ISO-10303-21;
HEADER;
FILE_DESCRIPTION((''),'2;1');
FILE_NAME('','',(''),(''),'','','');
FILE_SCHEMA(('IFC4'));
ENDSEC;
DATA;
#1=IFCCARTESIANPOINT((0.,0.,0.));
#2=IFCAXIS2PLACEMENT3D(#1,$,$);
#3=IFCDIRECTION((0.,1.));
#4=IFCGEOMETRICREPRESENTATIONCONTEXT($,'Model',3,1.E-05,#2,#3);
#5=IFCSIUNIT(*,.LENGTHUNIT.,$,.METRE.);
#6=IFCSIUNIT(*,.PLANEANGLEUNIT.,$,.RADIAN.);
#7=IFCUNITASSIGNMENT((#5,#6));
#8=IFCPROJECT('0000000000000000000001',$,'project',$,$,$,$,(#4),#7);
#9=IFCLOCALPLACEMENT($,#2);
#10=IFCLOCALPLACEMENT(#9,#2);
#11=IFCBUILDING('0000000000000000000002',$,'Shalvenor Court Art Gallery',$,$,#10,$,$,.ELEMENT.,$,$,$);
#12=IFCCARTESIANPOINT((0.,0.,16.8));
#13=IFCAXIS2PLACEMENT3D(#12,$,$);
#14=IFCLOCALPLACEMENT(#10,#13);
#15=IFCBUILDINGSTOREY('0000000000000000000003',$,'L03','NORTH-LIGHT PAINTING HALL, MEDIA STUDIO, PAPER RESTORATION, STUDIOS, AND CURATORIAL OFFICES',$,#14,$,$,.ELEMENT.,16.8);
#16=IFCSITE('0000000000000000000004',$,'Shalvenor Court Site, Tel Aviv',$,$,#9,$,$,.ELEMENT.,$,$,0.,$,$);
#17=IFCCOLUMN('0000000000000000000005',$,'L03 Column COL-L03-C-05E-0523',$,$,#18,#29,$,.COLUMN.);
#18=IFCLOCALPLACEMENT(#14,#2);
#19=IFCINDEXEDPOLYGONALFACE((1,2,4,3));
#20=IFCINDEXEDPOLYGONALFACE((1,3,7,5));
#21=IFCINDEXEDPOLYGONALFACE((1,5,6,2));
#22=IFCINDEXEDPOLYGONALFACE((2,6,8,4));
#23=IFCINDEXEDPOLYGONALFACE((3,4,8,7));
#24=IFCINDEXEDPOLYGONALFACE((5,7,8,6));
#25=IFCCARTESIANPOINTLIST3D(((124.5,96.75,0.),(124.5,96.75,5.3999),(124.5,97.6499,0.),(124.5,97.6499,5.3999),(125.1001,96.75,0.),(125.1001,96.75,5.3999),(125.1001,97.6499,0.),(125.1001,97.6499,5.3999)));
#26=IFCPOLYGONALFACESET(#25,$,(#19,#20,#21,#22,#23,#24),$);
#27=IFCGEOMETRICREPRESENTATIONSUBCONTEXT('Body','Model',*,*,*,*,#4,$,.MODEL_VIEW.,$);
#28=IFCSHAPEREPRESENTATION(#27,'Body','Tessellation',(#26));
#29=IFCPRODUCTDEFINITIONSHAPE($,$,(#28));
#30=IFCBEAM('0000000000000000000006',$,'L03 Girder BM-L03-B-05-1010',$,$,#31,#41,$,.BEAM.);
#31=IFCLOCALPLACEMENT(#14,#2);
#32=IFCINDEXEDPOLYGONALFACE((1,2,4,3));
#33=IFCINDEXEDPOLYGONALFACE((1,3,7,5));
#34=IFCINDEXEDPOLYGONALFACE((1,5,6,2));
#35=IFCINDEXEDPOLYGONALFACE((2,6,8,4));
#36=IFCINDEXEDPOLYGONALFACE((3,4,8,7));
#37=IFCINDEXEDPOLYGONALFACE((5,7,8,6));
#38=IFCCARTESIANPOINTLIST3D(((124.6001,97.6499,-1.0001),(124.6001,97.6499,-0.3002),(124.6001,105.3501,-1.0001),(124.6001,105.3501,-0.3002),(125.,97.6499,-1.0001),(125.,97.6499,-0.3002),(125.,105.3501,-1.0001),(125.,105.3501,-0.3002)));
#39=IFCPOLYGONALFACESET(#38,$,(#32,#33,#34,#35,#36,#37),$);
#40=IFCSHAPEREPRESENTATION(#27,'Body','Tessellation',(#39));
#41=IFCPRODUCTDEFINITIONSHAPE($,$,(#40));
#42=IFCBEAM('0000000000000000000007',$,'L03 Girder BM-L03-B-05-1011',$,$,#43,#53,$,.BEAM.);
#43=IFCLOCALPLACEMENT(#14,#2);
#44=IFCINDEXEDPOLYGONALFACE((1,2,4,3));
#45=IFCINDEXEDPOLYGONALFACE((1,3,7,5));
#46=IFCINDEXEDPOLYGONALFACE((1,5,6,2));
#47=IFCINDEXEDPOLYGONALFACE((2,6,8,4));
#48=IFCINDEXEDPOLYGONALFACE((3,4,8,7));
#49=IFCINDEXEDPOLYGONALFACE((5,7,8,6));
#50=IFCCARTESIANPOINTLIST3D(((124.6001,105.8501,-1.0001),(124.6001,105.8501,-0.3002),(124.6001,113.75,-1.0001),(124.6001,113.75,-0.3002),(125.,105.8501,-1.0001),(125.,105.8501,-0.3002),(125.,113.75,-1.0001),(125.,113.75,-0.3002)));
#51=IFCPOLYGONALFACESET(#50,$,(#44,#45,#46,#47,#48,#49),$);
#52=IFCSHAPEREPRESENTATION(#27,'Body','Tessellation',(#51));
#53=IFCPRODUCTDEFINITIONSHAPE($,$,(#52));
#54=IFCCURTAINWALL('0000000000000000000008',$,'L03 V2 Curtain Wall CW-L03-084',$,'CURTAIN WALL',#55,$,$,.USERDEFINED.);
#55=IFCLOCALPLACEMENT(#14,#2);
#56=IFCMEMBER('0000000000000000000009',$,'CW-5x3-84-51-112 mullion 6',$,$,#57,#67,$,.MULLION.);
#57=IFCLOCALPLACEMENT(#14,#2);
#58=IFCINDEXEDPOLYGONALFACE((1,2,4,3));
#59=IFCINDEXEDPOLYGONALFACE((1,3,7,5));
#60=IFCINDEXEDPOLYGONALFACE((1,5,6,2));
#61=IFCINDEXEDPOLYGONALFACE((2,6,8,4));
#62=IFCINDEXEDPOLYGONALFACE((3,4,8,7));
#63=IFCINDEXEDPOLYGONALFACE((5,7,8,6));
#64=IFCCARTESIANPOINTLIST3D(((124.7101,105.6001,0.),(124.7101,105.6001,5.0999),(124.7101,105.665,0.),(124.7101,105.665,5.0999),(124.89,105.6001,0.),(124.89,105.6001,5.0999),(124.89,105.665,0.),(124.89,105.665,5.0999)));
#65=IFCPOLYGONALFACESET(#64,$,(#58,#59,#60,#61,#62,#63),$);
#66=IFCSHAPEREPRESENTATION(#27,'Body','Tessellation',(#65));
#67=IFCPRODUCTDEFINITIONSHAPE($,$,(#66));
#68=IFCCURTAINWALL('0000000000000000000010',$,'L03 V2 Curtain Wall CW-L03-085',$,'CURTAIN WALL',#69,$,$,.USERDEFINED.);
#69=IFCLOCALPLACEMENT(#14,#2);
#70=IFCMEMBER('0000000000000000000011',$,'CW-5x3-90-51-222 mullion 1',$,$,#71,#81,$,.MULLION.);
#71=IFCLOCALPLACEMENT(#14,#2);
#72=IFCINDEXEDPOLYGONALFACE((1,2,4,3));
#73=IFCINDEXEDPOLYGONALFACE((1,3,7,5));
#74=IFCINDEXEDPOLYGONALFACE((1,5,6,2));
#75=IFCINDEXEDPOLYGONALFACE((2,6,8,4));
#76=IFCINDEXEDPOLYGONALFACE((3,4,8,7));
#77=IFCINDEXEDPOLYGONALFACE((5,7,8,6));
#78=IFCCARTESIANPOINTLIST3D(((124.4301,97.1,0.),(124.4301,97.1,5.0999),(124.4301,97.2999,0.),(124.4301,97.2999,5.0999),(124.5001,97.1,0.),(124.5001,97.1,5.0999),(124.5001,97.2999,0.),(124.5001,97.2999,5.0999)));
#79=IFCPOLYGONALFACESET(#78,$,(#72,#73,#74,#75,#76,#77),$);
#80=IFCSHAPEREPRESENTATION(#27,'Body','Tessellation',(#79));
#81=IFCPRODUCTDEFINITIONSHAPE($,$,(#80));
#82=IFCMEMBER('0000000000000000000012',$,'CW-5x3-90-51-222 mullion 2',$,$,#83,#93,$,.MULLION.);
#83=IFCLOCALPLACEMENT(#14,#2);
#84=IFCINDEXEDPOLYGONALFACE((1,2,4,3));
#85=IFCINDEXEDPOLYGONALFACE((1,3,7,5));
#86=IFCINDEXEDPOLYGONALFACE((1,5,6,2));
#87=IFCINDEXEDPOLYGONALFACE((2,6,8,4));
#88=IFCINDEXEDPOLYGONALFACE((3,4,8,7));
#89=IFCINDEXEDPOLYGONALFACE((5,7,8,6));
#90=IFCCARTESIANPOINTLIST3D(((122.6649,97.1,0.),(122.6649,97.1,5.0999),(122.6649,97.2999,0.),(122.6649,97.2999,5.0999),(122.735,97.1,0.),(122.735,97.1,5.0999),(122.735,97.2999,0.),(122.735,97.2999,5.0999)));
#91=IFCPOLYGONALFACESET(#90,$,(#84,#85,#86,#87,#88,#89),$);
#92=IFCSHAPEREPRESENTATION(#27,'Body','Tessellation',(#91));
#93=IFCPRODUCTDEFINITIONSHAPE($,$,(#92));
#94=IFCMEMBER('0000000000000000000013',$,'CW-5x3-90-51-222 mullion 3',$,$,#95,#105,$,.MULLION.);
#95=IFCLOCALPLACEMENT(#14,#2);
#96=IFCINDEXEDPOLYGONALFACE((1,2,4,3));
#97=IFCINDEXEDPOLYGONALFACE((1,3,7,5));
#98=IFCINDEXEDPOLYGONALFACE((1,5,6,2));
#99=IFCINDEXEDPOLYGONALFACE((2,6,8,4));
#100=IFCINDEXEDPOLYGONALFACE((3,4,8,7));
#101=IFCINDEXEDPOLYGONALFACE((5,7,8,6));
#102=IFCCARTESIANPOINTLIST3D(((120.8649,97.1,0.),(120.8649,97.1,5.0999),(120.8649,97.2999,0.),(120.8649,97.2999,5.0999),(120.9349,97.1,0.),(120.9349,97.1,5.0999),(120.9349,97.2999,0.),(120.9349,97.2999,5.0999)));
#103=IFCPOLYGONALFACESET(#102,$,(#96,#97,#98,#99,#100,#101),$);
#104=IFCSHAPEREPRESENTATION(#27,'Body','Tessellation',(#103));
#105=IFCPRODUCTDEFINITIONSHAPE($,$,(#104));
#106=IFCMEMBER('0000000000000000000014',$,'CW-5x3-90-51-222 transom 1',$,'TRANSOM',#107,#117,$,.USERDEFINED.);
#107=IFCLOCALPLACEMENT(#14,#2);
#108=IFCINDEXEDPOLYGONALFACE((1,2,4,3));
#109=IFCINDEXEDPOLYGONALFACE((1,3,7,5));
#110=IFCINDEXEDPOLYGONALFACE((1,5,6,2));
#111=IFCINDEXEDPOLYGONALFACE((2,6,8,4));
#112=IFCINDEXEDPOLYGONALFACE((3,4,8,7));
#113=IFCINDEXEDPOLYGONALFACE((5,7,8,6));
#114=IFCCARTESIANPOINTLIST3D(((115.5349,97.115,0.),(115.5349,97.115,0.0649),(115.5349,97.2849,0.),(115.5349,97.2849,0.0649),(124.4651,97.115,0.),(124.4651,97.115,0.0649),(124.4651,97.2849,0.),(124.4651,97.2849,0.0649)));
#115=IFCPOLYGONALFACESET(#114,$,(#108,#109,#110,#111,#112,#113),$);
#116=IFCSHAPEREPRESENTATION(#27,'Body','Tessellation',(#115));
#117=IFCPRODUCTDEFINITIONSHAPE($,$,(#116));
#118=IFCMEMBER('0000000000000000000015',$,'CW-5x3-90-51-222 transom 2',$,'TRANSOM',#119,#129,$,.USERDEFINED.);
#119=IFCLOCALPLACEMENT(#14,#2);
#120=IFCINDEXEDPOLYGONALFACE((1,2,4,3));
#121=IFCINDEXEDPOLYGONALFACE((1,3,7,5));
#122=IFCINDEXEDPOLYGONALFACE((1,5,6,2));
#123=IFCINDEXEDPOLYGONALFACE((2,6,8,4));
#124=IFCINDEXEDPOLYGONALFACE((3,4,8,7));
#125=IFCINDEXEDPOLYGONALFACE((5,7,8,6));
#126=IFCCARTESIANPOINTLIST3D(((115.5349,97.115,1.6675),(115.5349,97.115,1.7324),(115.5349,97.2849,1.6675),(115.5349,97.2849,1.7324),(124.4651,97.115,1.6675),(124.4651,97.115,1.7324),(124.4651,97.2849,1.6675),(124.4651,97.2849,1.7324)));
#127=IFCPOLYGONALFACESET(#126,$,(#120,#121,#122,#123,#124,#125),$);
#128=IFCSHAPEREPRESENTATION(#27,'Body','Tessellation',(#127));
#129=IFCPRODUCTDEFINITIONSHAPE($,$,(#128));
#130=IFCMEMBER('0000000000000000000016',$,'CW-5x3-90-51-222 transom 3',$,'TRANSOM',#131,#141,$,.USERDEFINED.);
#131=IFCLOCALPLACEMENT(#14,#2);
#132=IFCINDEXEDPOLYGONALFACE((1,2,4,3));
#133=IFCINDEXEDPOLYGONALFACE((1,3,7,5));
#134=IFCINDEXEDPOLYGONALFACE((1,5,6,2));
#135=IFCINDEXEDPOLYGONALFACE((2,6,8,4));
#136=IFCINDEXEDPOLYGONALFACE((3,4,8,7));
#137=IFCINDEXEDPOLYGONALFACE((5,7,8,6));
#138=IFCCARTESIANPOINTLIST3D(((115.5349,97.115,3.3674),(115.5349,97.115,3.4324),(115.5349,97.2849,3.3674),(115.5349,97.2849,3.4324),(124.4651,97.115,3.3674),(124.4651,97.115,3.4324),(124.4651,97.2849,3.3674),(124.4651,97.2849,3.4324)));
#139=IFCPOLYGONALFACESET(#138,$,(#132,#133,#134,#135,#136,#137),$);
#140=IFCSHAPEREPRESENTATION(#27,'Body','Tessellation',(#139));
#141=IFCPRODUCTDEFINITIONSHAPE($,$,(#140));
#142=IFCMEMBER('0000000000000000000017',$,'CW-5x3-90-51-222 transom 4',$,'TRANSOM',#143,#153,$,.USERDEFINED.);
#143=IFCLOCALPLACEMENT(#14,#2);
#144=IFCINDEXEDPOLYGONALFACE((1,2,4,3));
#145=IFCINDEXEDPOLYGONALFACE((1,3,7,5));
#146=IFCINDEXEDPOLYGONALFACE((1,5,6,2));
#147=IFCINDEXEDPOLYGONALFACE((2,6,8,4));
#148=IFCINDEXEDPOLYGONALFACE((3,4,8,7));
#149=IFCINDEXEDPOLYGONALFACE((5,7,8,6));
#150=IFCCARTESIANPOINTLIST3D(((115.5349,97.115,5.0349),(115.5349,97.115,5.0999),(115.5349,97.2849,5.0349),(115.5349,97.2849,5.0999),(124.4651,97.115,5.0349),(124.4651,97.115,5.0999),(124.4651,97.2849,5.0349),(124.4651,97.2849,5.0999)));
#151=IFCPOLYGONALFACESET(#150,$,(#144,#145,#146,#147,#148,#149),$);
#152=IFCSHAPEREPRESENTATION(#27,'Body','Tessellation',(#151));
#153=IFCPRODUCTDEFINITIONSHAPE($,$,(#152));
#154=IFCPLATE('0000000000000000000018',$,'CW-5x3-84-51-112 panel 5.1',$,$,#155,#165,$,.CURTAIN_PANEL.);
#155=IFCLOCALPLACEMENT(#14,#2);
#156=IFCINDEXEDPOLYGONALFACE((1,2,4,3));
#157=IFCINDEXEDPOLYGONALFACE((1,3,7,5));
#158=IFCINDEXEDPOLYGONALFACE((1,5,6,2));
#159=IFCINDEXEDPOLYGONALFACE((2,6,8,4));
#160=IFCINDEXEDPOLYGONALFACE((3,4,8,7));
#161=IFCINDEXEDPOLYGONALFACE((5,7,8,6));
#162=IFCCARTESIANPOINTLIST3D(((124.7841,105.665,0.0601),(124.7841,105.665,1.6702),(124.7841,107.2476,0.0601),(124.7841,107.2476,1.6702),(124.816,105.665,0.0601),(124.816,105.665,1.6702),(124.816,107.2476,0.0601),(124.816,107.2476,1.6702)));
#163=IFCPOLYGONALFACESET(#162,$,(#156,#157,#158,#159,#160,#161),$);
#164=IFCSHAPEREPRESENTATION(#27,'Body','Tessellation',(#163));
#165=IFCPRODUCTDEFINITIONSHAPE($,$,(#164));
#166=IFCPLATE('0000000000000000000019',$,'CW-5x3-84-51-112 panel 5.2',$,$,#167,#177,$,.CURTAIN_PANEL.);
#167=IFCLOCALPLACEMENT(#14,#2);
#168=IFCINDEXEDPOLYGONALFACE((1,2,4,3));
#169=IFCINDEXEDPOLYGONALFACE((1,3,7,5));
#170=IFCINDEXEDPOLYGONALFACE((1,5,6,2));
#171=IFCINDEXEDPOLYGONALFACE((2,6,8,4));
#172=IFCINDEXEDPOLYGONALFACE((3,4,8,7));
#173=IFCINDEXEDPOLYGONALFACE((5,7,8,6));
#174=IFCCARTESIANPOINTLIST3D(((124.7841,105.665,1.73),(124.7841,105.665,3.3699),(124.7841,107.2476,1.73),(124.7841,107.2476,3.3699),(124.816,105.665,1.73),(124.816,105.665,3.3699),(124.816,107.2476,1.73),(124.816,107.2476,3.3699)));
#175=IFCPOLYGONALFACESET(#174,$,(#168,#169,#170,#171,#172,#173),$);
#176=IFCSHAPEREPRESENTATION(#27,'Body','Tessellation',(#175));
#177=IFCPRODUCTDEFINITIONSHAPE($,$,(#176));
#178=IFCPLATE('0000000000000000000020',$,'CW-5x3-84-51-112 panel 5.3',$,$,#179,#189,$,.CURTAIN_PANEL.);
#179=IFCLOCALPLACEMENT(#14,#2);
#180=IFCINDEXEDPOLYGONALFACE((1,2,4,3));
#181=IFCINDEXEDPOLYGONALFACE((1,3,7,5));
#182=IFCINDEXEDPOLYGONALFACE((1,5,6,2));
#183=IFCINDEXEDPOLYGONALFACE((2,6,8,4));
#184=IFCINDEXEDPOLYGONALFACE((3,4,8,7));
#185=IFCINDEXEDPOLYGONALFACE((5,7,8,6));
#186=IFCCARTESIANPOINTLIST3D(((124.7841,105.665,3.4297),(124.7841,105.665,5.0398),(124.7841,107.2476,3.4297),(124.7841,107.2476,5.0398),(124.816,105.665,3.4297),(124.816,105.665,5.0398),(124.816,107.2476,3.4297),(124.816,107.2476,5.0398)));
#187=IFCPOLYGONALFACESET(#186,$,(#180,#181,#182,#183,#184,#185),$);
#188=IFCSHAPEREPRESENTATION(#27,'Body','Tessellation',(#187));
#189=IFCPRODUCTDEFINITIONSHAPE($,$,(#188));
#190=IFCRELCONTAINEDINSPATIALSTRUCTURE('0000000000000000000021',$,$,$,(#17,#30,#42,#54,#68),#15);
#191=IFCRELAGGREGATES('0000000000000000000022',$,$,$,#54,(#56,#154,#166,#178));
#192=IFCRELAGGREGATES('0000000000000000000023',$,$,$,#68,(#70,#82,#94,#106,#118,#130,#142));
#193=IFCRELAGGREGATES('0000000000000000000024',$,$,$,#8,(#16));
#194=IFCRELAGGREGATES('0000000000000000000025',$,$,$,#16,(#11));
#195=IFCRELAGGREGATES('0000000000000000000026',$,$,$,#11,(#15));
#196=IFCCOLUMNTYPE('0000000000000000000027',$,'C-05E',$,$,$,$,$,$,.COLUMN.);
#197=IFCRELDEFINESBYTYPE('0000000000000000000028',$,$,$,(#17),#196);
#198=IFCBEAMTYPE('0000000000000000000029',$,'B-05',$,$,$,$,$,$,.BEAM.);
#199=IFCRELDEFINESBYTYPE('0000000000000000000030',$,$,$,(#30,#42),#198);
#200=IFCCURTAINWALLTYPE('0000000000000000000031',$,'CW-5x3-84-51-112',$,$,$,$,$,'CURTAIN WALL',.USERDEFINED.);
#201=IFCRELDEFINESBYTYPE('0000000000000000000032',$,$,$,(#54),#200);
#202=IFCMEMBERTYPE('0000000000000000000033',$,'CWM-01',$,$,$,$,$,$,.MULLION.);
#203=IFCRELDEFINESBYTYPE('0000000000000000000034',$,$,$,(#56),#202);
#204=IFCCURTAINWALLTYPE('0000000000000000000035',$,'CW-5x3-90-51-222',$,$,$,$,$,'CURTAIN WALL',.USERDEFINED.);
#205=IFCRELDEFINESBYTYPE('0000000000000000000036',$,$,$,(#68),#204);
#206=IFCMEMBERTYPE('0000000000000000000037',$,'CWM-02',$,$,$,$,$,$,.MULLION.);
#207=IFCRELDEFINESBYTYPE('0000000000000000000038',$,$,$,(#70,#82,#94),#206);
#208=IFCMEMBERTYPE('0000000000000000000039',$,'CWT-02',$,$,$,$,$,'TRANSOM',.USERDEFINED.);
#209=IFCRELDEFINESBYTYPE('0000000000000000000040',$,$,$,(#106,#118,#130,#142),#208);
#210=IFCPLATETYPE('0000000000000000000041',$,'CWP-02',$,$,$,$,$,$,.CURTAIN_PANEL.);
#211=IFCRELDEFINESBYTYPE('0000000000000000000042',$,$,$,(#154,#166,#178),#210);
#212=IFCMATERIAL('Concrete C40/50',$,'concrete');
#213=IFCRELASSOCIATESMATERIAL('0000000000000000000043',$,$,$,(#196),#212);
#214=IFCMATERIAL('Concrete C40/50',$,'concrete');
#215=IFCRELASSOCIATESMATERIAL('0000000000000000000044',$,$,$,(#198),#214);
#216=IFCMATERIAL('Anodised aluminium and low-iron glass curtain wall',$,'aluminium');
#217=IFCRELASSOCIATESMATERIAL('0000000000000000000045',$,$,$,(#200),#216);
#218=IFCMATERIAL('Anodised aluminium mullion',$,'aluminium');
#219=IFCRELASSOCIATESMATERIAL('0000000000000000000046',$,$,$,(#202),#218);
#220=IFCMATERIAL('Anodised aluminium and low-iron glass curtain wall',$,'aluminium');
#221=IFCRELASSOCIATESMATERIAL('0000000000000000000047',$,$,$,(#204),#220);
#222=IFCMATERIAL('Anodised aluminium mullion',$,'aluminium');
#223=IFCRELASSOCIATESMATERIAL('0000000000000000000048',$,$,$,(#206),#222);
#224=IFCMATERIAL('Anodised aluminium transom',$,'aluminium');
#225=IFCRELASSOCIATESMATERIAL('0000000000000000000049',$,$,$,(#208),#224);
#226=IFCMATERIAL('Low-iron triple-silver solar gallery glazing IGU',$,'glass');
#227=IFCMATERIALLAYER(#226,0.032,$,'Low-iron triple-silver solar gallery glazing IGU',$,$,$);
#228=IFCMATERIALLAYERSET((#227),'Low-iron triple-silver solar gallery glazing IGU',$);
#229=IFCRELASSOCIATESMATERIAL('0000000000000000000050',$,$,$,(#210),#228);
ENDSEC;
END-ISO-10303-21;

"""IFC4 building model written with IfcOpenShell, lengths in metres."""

from ifc_helpers import new_model, si_unit, direction, frame, origin, origin_2d, place, context, subcontext, project, spatial, rectangle, extrude, material, layer, layer_set, material_profile, profile_set, type_object, element, aggregate, save


model = new_model("IFC4")

# Units and contexts
model_context = context("Model", 3, precision=1e-05, world=origin(), true_north=direction((0.0, 1.0)))
body_context = subcontext(model_context, "Body", "Model", "MODEL_VIEW")
ifc_project = project(units=[si_unit("LENGTHUNIT", "METRE"), si_unit("PLANEANGLEUNIT", "RADIAN")], contexts=[model_context])

# Site, building, storey
site_placement = place(None, origin())
site = spatial("IfcSite", under=ifc_project, at=site_placement, Name="Shalvenor Court Site, Tel Aviv", CompositionType="ELEMENT", RefElevation=0.0)
building_placement = place(site_placement, origin())
building = spatial("IfcBuilding", under=site, at=building_placement, Name="Shalvenor Court Art Gallery", CompositionType="ELEMENT")
storey_placement = place(building_placement, frame((0.0, 0.0, 16.8)))
storey = spatial("IfcBuildingStorey", under=building, at=storey_placement, Name="L03", Description="NORTH-LIGHT PAINTING HALL, MEDIA STUDIO, PAPER RESTORATION, STUDIOS, AND CURATORIAL OFFICES", CompositionType="ELEMENT", Elevation=16.8)

# Column
ifc_material_1 = material(Name="Concrete C40/50", Category="concrete")
ifc_material_profile_1 = material_profile(ifc_material_1, rectangle(XDim=0.6001, YDim=0.8999, at=origin_2d()), Name="RC 600x900")
ifc_profile_set_1 = profile_set([ifc_material_profile_1], Name="Concrete C40/50")
column_type = type_object("IfcColumnType", Name="C-05E", PredefinedType="COLUMN", material=ifc_profile_set_1)
column_placement = place(storey_placement, frame((124.8, 97.2, 0.0), z_axis=(0.0, 0.0, 1.0), x_axis=(1.0, 0.0, 0.0)))
element("IfcColumn", 1, at=column_placement, inside=storey, type_object=column_type, Name="L03 Column COL-L03-C-05E-0523", PredefinedType="COLUMN", context=body_context, shape_type="SweptSolid", body=[
    extrude(rectangle(XDim=0.6001, YDim=0.8999, at=origin_2d()), origin(), (0.0, 0.0, 1.0), 5.3999),
])

# Beams
ifc_material_2 = material(Name="Concrete C40/50", Category="concrete")
ifc_material_profile_2 = material_profile(ifc_material_2, rectangle(XDim=0.3999, YDim=0.7, at=origin_2d()), Name="RC 400x700")
ifc_profile_set_2 = profile_set([ifc_material_profile_2], Name="Concrete C40/50")
beam_type = type_object("IfcBeamType", Name="B-05", PredefinedType="BEAM", material=ifc_profile_set_2)
beam_1_placement = place(storey_placement, frame((124.8, 97.6499, -0.6501), z_axis=(0.0, 1.0, 0.0), x_axis=(-1.0, 0.0, 0.0)))
element("IfcBeam", 2, at=beam_1_placement, inside=storey, type_object=beam_type, Name="L03 Girder BM-L03-B-05-1010", PredefinedType="BEAM", context=body_context, shape_type="SweptSolid", body=[
    extrude(rectangle(XDim=0.3999, YDim=0.7, at=origin_2d()), origin(), (0.0, 0.0, 1.0), 7.7002),
])
beam_2_placement = place(storey_placement, frame((124.8, 105.8501, -0.6501), z_axis=(0.0, 1.0, 0.0), x_axis=(-1.0, 0.0, 0.0)))
element("IfcBeam", 3, at=beam_2_placement, inside=storey, type_object=beam_type, Name="L03 Girder BM-L03-B-05-1011", PredefinedType="BEAM", context=body_context, shape_type="SweptSolid", body=[
    extrude(rectangle(XDim=0.3999, YDim=0.7, at=origin_2d()), origin(), (0.0, 0.0, 1.0), 7.8999),
])

# Curtain wall, member
ifc_material_3 = material(Name="Anodised aluminium and low-iron glass curtain wall", Category="aluminium")
curtain_wall_type_1 = type_object("IfcCurtainWallType", Name="CW-5x3-84-51-112", ElementType="CURTAIN WALL", PredefinedType="USERDEFINED", material=ifc_material_3)
curtain_wall_1_placement = place(storey_placement, origin())
curtain_wall_1 = element("IfcCurtainWall", 4, at=curtain_wall_1_placement, inside=storey, type_object=curtain_wall_type_1, Name="L03 V2 Curtain Wall CW-L03-084", ObjectType="CURTAIN WALL", PredefinedType="USERDEFINED")
ifc_material_4 = material(Name="Anodised aluminium mullion", Category="aluminium")
ifc_material_profile_3 = material_profile(ifc_material_4, rectangle(XDim=0.0649, YDim=0.1799, at=origin_2d()), Name="CWM-01")
ifc_profile_set_3 = profile_set([ifc_material_profile_3], Name="Anodised aluminium mullion")
member_type_1 = type_object("IfcMemberType", Name="CWM-01", PredefinedType="MULLION", material=ifc_profile_set_3)
member_1_placement = place(storey_placement, frame((124.8, 105.6326, 0.0), z_axis=(0.0, 0.0, 1.0), x_axis=(0.0, -1.0, 0.0)))
member_1 = element("IfcMember", 5, at=member_1_placement, type_object=member_type_1, Name="CW-5x3-84-51-112 mullion 6", PredefinedType="MULLION", context=body_context, shape_type="SweptSolid", body=[
    extrude(rectangle(XDim=0.0649, YDim=0.1799, at=origin_2d()), origin(), (0.0, 0.0, 1.0), 5.0999),
])

# Curtain wall, members
ifc_material_5 = material(Name="Anodised aluminium and low-iron glass curtain wall", Category="aluminium")
curtain_wall_type_2 = type_object("IfcCurtainWallType", Name="CW-5x3-90-51-222", ElementType="CURTAIN WALL", PredefinedType="USERDEFINED", material=ifc_material_5)
curtain_wall_2_placement = place(storey_placement, origin())
curtain_wall_2 = element("IfcCurtainWall", 6, at=curtain_wall_2_placement, inside=storey, type_object=curtain_wall_type_2, Name="L03 V2 Curtain Wall CW-L03-085", ObjectType="CURTAIN WALL", PredefinedType="USERDEFINED")
ifc_material_6 = material(Name="Anodised aluminium mullion", Category="aluminium")
ifc_material_profile_4 = material_profile(ifc_material_6, rectangle(XDim=0.0701, YDim=0.2, at=origin_2d()), Name="CWM-02")
ifc_profile_set_4 = profile_set([ifc_material_profile_4], Name="Anodised aluminium mullion")
member_type_2 = type_object("IfcMemberType", Name="CWM-02", PredefinedType="MULLION", material=ifc_profile_set_4)
member_2_placement = place(storey_placement, frame((124.4651, 97.2, 0.0), z_axis=(0.0, 0.0, 1.0), x_axis=(-1.0, 0.0, 0.0)))
member_2 = element("IfcMember", 7, at=member_2_placement, type_object=member_type_2, Name="CW-5x3-90-51-222 mullion 1", PredefinedType="MULLION", context=body_context, shape_type="SweptSolid", body=[
    extrude(rectangle(XDim=0.0701, YDim=0.2, at=origin_2d()), origin(), (0.0, 0.0, 1.0), 5.0999),
])
member_3_placement = place(storey_placement, frame((122.7, 97.2, 0.0), z_axis=(0.0, 0.0, 1.0), x_axis=(-1.0, 0.0, 0.0)))
member_3 = element("IfcMember", 8, at=member_3_placement, type_object=member_type_2, Name="CW-5x3-90-51-222 mullion 2", PredefinedType="MULLION", context=body_context, shape_type="SweptSolid", body=[
    extrude(rectangle(XDim=0.0701, YDim=0.2, at=origin_2d()), origin(), (0.0, 0.0, 1.0), 5.0999),
])
member_4_placement = place(storey_placement, frame((120.8999, 97.2, 0.0), z_axis=(0.0, 0.0, 1.0), x_axis=(-1.0, 0.0, 0.0)))
member_4 = element("IfcMember", 9, at=member_4_placement, type_object=member_type_2, Name="CW-5x3-90-51-222 mullion 3", PredefinedType="MULLION", context=body_context, shape_type="SweptSolid", body=[
    extrude(rectangle(XDim=0.0701, YDim=0.2, at=origin_2d()), origin(), (0.0, 0.0, 1.0), 5.0999),
])
ifc_material_7 = material(Name="Anodised aluminium transom", Category="aluminium")
ifc_material_profile_5 = material_profile(ifc_material_7, rectangle(XDim=0.1699, YDim=0.0649, at=origin_2d()), Name="CWT-02")
ifc_profile_set_5 = profile_set([ifc_material_profile_5], Name="Anodised aluminium transom")
member_type_3 = type_object("IfcMemberType", Name="CWT-02", ElementType="TRANSOM", PredefinedType="USERDEFINED", material=ifc_profile_set_5)
member_5_placement = place(storey_placement, frame((124.4651, 97.2, 0.0325), z_axis=(-1.0, 0.0, 0.0), x_axis=(0.0, -1.0, 0.0)))
member_5 = element("IfcMember", 10, at=member_5_placement, type_object=member_type_3, Name="CW-5x3-90-51-222 transom 1", ObjectType="TRANSOM", PredefinedType="USERDEFINED", context=body_context, shape_type="SweptSolid", body=[
    extrude(rectangle(XDim=0.1699, YDim=0.0649, at=origin_2d()), origin(), (0.0, 0.0, 1.0), 8.9302),
])
member_6_placement = place(storey_placement, frame((124.4651, 97.2, 1.7), z_axis=(-1.0, 0.0, 0.0), x_axis=(0.0, -1.0, 0.0)))
member_6 = element("IfcMember", 11, at=member_6_placement, type_object=member_type_3, Name="CW-5x3-90-51-222 transom 2", ObjectType="TRANSOM", PredefinedType="USERDEFINED", context=body_context, shape_type="SweptSolid", body=[
    extrude(rectangle(XDim=0.1699, YDim=0.0649, at=origin_2d()), origin(), (0.0, 0.0, 1.0), 8.9302),
])
member_7_placement = place(storey_placement, frame((124.4651, 97.2, 3.3999), z_axis=(-1.0, 0.0, 0.0), x_axis=(0.0, -1.0, 0.0)))
member_7 = element("IfcMember", 12, at=member_7_placement, type_object=member_type_3, Name="CW-5x3-90-51-222 transom 3", ObjectType="TRANSOM", PredefinedType="USERDEFINED", context=body_context, shape_type="SweptSolid", body=[
    extrude(rectangle(XDim=0.1699, YDim=0.0649, at=origin_2d()), origin(), (0.0, 0.0, 1.0), 8.9302),
])
member_8_placement = place(storey_placement, frame((124.4651, 97.2, 5.0674), z_axis=(-1.0, 0.0, 0.0), x_axis=(0.0, -1.0, 0.0)))
member_8 = element("IfcMember", 13, at=member_8_placement, type_object=member_type_3, Name="CW-5x3-90-51-222 transom 4", ObjectType="TRANSOM", PredefinedType="USERDEFINED", context=body_context, shape_type="SweptSolid", body=[
    extrude(rectangle(XDim=0.1699, YDim=0.0649, at=origin_2d()), origin(), (0.0, 0.0, 1.0), 8.9302),
])

# Plates
ifc_material_8 = material(Name="Low-iron triple-silver solar gallery glazing IGU", Category="glass")
ifc_layer_1 = layer(ifc_material_8, 0.032, Name="Low-iron triple-silver solar gallery glazing IGU")
ifc_layer_set_1 = layer_set([ifc_layer_1], Name="Low-iron triple-silver solar gallery glazing IGU")
plate_type = type_object("IfcPlateType", Name="CWP-02", PredefinedType="CURTAIN_PANEL", material=ifc_layer_set_1)
plate_1_placement = place(storey_placement, frame((124.8, 106.4563, 0.0601), z_axis=(0.0, 0.0, 1.0), x_axis=(0.0, -1.0, 0.0)))
plate_1 = element("IfcPlate", 14, at=plate_1_placement, type_object=plate_type, Name="CW-5x3-84-51-112 panel 5.1", PredefinedType="CURTAIN_PANEL", context=body_context, shape_type="SweptSolid", body=[
    extrude(rectangle(XDim=1.5825, YDim=0.032, at=origin_2d()), origin(), (0.0, 0.0, 1.0), 1.6101),
])
plate_2_placement = place(storey_placement, frame((124.8, 106.4563, 1.73), z_axis=(0.0, 0.0, 1.0), x_axis=(0.0, -1.0, 0.0)))
plate_2 = element("IfcPlate", 15, at=plate_2_placement, type_object=plate_type, Name="CW-5x3-84-51-112 panel 5.2", PredefinedType="CURTAIN_PANEL", context=body_context, shape_type="SweptSolid", body=[
    extrude(rectangle(XDim=1.5825, YDim=0.032, at=origin_2d()), origin(), (0.0, 0.0, 1.0), 1.6399),
])
plate_3_placement = place(storey_placement, frame((124.8, 106.4563, 3.4297), z_axis=(0.0, 0.0, 1.0), x_axis=(0.0, -1.0, 0.0)))
plate_3 = element("IfcPlate", 16, at=plate_3_placement, type_object=plate_type, Name="CW-5x3-84-51-112 panel 5.3", PredefinedType="CURTAIN_PANEL", context=body_context, shape_type="SweptSolid", body=[
    extrude(rectangle(XDim=1.5825, YDim=0.032, at=origin_2d()), origin(), (0.0, 0.0, 1.0), 1.6101),
])
aggregate(curtain_wall_1, [member_1, plate_1, plate_2, plate_3])
aggregate(curtain_wall_2, [member_2, member_3, member_4, member_5, member_6, member_7, member_8])

save(model, "model.ifc")
